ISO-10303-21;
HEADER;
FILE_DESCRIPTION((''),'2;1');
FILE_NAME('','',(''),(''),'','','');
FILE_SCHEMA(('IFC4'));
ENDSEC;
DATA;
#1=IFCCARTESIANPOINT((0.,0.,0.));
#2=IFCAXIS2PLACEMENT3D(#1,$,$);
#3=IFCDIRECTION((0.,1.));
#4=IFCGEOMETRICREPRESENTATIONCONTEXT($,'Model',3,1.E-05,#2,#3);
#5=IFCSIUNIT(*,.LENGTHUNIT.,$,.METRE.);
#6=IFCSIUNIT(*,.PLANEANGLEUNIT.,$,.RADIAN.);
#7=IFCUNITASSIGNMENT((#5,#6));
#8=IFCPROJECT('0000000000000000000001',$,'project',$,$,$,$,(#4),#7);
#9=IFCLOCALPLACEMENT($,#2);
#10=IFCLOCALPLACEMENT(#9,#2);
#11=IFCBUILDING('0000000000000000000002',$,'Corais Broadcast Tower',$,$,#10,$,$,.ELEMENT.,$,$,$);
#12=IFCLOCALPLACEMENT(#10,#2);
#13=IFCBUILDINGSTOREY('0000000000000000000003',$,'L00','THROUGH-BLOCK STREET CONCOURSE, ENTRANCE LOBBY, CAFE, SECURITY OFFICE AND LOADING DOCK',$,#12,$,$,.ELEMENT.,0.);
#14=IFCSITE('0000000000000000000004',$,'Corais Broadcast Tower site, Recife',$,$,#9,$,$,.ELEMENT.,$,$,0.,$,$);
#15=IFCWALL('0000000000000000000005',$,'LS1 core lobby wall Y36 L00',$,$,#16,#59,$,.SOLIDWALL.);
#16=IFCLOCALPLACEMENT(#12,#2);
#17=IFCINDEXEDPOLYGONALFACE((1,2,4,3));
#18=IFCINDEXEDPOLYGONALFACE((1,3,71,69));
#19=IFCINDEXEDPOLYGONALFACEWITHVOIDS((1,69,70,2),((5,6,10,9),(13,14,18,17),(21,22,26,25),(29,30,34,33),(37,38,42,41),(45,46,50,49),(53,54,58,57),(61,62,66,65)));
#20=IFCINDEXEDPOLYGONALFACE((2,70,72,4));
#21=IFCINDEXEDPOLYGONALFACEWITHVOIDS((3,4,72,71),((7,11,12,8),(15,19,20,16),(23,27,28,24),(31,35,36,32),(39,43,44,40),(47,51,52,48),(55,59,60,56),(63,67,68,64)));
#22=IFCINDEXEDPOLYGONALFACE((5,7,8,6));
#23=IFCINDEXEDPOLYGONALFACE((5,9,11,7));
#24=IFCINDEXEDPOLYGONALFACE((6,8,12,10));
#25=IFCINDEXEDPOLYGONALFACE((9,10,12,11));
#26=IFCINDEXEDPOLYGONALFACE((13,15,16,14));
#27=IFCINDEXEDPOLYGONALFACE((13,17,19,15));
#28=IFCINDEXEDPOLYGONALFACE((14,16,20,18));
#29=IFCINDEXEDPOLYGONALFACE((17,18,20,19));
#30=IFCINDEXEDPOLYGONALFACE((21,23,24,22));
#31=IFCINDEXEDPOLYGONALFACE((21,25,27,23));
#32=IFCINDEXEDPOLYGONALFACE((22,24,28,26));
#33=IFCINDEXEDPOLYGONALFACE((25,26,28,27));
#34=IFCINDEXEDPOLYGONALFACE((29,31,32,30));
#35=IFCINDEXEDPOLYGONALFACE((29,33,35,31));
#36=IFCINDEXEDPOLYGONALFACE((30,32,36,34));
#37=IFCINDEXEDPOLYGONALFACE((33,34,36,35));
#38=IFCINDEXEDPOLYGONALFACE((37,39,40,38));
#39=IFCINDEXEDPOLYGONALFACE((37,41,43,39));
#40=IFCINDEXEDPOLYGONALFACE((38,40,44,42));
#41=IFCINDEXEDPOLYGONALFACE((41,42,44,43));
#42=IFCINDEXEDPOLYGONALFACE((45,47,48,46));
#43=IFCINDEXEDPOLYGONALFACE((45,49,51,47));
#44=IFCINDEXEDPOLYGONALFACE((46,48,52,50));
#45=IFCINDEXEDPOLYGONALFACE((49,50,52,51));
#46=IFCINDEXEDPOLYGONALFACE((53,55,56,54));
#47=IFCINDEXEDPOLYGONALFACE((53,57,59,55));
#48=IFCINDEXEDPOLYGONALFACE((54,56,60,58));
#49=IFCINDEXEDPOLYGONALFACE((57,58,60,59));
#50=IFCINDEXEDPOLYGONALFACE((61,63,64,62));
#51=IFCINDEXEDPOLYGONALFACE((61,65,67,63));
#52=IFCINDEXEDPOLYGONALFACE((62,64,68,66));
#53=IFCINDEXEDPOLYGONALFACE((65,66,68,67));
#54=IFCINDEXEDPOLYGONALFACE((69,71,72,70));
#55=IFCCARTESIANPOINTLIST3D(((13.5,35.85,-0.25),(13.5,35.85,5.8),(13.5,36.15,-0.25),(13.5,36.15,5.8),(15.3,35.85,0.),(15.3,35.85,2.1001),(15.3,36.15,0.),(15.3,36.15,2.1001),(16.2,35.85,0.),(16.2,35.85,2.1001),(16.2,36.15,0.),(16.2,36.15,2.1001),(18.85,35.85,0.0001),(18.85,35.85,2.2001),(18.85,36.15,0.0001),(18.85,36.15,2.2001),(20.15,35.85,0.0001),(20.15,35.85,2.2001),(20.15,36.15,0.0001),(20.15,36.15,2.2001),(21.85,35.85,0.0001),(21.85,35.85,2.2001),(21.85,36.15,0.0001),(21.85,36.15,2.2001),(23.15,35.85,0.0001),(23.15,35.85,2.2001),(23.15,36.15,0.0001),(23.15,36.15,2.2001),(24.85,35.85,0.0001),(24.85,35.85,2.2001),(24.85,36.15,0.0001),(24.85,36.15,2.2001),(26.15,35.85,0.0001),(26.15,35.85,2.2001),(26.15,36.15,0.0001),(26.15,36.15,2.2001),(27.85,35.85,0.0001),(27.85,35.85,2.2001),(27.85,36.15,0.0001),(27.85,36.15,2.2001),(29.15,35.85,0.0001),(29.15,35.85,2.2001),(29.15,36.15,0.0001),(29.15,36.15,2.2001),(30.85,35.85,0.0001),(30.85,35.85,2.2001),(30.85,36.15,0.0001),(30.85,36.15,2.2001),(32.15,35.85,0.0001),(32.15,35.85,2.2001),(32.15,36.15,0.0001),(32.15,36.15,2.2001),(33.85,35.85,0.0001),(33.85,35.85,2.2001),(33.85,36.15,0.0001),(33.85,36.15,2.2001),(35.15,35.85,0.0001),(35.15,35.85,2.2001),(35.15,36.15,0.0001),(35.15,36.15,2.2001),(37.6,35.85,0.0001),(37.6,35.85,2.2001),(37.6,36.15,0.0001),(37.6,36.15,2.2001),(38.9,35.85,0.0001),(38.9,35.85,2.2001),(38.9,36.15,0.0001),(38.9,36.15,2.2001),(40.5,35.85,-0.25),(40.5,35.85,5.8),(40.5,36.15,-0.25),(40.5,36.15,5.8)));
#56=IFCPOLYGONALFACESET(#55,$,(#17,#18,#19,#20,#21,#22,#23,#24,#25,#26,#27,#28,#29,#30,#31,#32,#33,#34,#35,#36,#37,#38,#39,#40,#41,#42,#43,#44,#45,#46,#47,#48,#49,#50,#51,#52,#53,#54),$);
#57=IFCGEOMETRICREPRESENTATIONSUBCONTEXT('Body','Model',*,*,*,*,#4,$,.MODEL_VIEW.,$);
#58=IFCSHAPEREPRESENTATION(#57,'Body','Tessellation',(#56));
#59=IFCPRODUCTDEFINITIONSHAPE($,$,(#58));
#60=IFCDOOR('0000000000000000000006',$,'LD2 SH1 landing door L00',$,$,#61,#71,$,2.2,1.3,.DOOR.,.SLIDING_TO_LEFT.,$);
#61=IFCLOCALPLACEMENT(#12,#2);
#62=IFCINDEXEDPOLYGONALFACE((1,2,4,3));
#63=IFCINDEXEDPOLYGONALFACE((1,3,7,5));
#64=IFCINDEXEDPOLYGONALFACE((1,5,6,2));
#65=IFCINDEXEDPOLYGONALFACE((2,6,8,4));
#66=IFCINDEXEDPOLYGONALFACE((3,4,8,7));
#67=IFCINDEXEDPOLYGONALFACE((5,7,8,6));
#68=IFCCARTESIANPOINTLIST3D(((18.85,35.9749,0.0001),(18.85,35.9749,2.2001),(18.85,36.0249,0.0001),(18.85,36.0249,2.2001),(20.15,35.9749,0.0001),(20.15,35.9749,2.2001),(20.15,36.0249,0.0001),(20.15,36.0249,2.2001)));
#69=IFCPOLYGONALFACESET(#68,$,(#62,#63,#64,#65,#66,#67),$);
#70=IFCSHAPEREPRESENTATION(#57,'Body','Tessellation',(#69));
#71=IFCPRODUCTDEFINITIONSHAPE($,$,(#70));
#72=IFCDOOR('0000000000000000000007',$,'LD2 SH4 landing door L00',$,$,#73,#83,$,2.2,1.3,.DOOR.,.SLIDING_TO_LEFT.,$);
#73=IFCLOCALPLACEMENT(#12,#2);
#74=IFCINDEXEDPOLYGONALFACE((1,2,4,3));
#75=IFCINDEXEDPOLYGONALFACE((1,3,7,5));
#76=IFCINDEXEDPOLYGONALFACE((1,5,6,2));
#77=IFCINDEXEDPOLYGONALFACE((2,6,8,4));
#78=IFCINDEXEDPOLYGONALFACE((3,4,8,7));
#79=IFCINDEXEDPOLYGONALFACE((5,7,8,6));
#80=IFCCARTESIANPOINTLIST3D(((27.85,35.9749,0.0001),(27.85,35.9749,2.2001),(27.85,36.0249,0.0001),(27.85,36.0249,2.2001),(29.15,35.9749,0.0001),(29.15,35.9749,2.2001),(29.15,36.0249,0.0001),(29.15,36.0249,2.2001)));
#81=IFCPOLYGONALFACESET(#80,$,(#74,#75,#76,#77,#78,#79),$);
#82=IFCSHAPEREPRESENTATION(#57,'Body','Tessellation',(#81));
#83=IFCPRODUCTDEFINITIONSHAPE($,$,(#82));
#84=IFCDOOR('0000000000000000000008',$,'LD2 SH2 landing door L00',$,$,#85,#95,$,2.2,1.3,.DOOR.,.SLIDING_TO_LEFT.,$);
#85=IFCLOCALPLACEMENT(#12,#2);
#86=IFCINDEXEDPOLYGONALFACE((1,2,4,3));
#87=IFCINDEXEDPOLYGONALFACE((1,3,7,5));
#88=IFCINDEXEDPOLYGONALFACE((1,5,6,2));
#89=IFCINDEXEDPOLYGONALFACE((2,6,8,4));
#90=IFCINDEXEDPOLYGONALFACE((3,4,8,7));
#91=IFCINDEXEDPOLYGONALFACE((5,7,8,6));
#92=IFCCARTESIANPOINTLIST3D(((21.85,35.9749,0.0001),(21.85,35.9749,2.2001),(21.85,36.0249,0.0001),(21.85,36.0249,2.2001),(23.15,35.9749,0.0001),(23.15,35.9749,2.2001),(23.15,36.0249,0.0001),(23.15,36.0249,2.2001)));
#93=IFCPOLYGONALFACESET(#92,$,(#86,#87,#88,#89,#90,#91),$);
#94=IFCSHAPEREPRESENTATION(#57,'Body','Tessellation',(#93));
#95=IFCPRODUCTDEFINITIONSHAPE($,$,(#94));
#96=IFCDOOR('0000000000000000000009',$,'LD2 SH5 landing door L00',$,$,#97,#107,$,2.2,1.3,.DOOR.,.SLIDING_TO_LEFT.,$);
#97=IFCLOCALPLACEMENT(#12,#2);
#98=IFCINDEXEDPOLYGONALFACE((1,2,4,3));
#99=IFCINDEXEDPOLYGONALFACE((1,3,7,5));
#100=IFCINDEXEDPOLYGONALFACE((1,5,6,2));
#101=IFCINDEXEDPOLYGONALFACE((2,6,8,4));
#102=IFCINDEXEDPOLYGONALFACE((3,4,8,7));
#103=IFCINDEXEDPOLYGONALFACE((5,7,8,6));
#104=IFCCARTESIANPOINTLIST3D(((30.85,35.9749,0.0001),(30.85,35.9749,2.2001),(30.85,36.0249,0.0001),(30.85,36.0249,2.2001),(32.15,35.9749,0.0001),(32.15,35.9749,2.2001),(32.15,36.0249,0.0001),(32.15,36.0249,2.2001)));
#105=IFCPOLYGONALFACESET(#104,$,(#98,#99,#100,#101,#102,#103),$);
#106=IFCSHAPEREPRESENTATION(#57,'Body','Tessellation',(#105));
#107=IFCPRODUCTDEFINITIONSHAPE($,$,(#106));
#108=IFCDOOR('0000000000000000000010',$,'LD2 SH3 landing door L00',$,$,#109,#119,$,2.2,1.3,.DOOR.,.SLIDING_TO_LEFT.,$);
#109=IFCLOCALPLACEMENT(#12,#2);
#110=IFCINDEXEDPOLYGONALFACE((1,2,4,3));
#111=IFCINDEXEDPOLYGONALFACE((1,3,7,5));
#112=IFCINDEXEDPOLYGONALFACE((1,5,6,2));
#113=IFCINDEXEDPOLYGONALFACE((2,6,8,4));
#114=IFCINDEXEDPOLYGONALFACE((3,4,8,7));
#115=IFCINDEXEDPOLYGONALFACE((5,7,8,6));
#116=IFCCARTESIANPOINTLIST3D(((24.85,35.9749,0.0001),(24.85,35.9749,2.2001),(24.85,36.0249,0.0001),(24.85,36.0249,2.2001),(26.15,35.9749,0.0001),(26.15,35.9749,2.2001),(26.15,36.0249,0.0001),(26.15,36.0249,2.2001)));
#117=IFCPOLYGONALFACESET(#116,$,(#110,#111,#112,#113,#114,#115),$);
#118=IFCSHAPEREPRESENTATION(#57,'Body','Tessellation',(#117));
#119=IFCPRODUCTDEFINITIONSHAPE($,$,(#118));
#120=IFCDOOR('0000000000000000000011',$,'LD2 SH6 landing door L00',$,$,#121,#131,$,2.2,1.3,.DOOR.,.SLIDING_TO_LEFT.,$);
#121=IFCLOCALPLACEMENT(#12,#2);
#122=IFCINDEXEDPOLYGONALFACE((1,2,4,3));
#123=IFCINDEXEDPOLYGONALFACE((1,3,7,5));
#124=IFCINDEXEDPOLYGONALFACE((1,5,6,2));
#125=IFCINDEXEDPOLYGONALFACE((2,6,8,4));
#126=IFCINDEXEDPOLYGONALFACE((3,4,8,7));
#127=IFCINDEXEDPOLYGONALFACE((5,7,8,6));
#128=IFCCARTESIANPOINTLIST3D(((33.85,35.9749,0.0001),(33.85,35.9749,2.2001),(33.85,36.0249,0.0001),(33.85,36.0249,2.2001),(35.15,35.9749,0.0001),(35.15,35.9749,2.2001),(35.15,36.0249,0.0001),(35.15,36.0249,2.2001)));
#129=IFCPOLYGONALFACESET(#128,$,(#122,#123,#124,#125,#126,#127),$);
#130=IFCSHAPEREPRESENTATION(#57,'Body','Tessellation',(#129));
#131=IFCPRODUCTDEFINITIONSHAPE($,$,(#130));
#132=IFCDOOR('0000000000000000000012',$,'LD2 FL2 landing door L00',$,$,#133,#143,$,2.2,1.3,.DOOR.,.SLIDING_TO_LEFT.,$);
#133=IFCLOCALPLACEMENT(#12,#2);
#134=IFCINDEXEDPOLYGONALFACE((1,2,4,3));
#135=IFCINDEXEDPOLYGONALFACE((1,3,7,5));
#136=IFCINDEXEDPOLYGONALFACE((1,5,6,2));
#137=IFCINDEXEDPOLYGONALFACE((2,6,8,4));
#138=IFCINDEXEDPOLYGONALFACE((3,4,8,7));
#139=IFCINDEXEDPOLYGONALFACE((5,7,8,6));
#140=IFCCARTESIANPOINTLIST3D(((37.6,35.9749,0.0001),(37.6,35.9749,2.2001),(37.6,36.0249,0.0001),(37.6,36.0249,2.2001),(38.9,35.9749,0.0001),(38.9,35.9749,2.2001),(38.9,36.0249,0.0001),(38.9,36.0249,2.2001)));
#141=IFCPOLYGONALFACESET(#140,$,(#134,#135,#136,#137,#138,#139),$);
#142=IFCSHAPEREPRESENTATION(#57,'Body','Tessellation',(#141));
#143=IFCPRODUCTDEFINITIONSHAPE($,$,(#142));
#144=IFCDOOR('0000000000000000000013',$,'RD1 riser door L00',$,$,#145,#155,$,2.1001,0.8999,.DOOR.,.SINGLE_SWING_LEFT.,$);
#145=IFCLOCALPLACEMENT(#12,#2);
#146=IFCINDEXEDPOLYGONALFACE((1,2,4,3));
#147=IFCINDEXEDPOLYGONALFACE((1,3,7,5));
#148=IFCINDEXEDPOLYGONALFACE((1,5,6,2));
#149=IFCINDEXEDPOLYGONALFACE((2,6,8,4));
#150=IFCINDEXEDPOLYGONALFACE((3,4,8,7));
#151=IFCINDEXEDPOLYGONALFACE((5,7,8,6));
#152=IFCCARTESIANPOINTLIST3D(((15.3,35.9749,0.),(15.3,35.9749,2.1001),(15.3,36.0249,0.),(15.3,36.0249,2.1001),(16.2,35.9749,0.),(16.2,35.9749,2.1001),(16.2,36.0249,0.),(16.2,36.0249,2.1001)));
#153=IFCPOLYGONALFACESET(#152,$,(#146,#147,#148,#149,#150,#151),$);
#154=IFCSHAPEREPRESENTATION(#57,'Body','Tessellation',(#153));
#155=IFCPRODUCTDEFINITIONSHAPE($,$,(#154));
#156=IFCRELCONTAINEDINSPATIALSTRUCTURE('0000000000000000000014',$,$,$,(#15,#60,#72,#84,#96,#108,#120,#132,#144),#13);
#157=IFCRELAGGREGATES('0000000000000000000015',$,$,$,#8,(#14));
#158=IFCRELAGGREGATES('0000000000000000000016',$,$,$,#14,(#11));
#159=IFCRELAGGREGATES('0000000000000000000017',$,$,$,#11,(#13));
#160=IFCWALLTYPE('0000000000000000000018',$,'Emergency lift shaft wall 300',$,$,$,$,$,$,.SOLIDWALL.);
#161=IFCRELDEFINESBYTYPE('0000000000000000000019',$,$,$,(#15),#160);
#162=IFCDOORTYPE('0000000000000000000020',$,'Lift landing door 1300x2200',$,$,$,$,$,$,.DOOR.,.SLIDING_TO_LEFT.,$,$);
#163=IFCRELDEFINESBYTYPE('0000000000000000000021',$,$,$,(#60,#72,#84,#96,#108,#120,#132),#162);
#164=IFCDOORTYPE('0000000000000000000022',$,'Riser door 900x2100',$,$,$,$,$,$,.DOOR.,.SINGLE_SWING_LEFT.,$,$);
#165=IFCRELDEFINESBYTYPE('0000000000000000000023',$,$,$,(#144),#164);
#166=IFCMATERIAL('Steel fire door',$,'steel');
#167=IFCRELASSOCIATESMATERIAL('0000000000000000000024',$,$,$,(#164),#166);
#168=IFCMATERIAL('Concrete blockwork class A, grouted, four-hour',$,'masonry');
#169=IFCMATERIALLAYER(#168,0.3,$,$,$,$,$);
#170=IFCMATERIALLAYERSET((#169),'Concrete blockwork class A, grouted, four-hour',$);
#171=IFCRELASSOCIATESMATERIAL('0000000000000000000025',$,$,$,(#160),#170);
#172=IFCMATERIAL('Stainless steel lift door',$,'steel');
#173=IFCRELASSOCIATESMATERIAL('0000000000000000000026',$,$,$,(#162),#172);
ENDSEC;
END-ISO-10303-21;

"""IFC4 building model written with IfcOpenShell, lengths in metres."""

from ifc_helpers import new_model, si_unit, direction, frame, frame_2d, origin, place, context, subcontext, project, spatial, rectangle, extrude, material, layer, layer_set, type_object, element, fill, save


model = new_model("IFC4")

# Units and contexts
model_context = context("Model", 3, precision=1e-05, world=origin(), true_north=direction((0.0, 1.0)))
body_context = subcontext(model_context, "Body", "Model", "MODEL_VIEW")
ifc_project = project(units=[si_unit("LENGTHUNIT", "METRE"), si_unit("PLANEANGLEUNIT", "RADIAN")], contexts=[model_context])

# Site, building, storey
site_placement = place(None, origin())
site = spatial("IfcSite", under=ifc_project, at=site_placement, Name="Corais Broadcast Tower site, Recife", CompositionType="ELEMENT", RefElevation=0.0)
building_placement = place(site_placement, origin())
building = spatial("IfcBuilding", under=site, at=building_placement, Name="Corais Broadcast Tower", CompositionType="ELEMENT")
storey_placement = place(building_placement, origin())
storey = spatial("IfcBuildingStorey", under=building, at=storey_placement, Name="L00", Description="THROUGH-BLOCK STREET CONCOURSE, ENTRANCE LOBBY, CAFE, SECURITY OFFICE AND LOADING DOCK", CompositionType="ELEMENT", Elevation=0.0)

# Wall, openings, doors
ifc_material_1 = material(Name="Steel fire door", Category="steel")
door_type_1 = type_object("IfcDoorType", Name="Riser door 900x2100", OperationType="SINGLE_SWING_LEFT", PredefinedType="DOOR", material=ifc_material_1)
ifc_material_2 = material(Name="Concrete blockwork class A, grouted, four-hour", Category="masonry")
ifc_layer_1 = layer(ifc_material_2, 0.3)
ifc_layer_set_1 = layer_set([ifc_layer_1], Name="Concrete blockwork class A, grouted, four-hour")
wall_type_1 = type_object("IfcWallType", Name="Emergency lift shaft wall 300", PredefinedType="SOLIDWALL", material=ifc_layer_set_1)
wall_1_placement = place(storey_placement, frame((13.5, 36.0, -0.25), z_axis=(0.0, 0.0, 1.0), x_axis=(1.0, 0.0, 0.0)))
wall_1 = element("IfcWall", 1, at=wall_1_placement, inside=storey, type_object=wall_type_1, Name="LS1 core lobby wall Y36 L00", PredefinedType="SOLIDWALL", context=body_context, shape_type="SweptSolid", body=[
    extrude(rectangle(XDim=27.0, YDim=0.3, at=frame_2d((13.5, 0.0))), origin(), (0.0, 0.0, 1.0), 6.05),
])
opening_1_placement = place(wall_1_placement, frame((1.8, 0.0, 0.25)))
opening_1 = element("IfcOpeningElement", 2, at=opening_1_placement, cuts=wall_1, PredefinedType="OPENING", context=body_context, shape_type="SweptSolid", body=[
    extrude(rectangle(XDim=0.8999, YDim=2.1001, at=frame_2d((0.45, 1.05))), frame((0.0, 0.1599, 0.0), z_axis=(0.0, -1.0, 0.0), x_axis=(1.0, 0.0, 0.0)), (0.0, 0.0, 1.0), 0.3201),
])
opening_2_placement = place(wall_1_placement, frame((5.3501, 0.0, 0.25)))
opening_2 = element("IfcOpeningElement", 3, at=opening_2_placement, cuts=wall_1, PredefinedType="OPENING", context=body_context, shape_type="SweptSolid", body=[
    extrude(rectangle(XDim=1.3, YDim=2.2, at=frame_2d((0.6499, 1.1001))), frame((0.0, 0.1599, 0.0), z_axis=(0.0, -1.0, 0.0), x_axis=(1.0, 0.0, 0.0)), (0.0, 0.0, 1.0), 0.3201),
])
opening_3_placement = place(wall_1_placement, frame((14.3501, 0.0, 0.25)))
opening_3 = element("IfcOpeningElement", 4, at=opening_3_placement, cuts=wall_1, PredefinedType="OPENING", context=body_context, shape_type="SweptSolid", body=[
    extrude(rectangle(XDim=1.3, YDim=2.2, at=frame_2d((0.6499, 1.1001))), frame((0.0, 0.1599, 0.0), z_axis=(0.0, -1.0, 0.0), x_axis=(1.0, 0.0, 0.0)), (0.0, 0.0, 1.0), 0.3201),
])
opening_4_placement = place(wall_1_placement, frame((8.3501, 0.0, 0.25)))
opening_4 = element("IfcOpeningElement", 5, at=opening_4_placement, cuts=wall_1, PredefinedType="OPENING", context=body_context, shape_type="SweptSolid", body=[
    extrude(rectangle(XDim=1.3, YDim=2.2, at=frame_2d((0.6499, 1.1001))), frame((0.0, 0.1599, 0.0), z_axis=(0.0, -1.0, 0.0), x_axis=(1.0, 0.0, 0.0)), (0.0, 0.0, 1.0), 0.3201),
])
opening_5_placement = place(wall_1_placement, frame((17.3501, 0.0, 0.25)))
opening_5 = element("IfcOpeningElement", 6, at=opening_5_placement, cuts=wall_1, PredefinedType="OPENING", context=body_context, shape_type="SweptSolid", body=[
    extrude(rectangle(XDim=1.3, YDim=2.2, at=frame_2d((0.6499, 1.1001))), frame((0.0, 0.1599, 0.0), z_axis=(0.0, -1.0, 0.0), x_axis=(1.0, 0.0, 0.0)), (0.0, 0.0, 1.0), 0.3201),
])
opening_6_placement = place(wall_1_placement, frame((11.3501, 0.0, 0.25)))
opening_6 = element("IfcOpeningElement", 7, at=opening_6_placement, cuts=wall_1, PredefinedType="OPENING", context=body_context, shape_type="SweptSolid", body=[
    extrude(rectangle(XDim=1.3, YDim=2.2, at=frame_2d((0.6499, 1.1001))), frame((0.0, 0.1599, 0.0), z_axis=(0.0, -1.0, 0.0), x_axis=(1.0, 0.0, 0.0)), (0.0, 0.0, 1.0), 0.3201),
])
opening_7_placement = place(wall_1_placement, frame((20.3501, 0.0, 0.25)))
opening_7 = element("IfcOpeningElement", 8, at=opening_7_placement, cuts=wall_1, PredefinedType="OPENING", context=body_context, shape_type="SweptSolid", body=[
    extrude(rectangle(XDim=1.3, YDim=2.2, at=frame_2d((0.6499, 1.1001))), frame((0.0, 0.1599, 0.0), z_axis=(0.0, -1.0, 0.0), x_axis=(1.0, 0.0, 0.0)), (0.0, 0.0, 1.0), 0.3201),
])
opening_8_placement = place(wall_1_placement, frame((24.1001, 0.0, 0.25)))
opening_8 = element("IfcOpeningElement", 9, at=opening_8_placement, cuts=wall_1, PredefinedType="OPENING", context=body_context, shape_type="SweptSolid", body=[
    extrude(rectangle(XDim=1.3, YDim=2.2, at=frame_2d((0.6499, 1.1001))), frame((0.0, 0.1599, 0.0), z_axis=(0.0, -1.0, 0.0), x_axis=(1.0, 0.0, 0.0)), (0.0, 0.0, 1.0), 0.3201),
])
ifc_material_3 = material(Name="Stainless steel lift door", Category="steel")
door_type_2 = type_object("IfcDoorType", Name="Lift landing door 1300x2200", OperationType="SLIDING_TO_LEFT", PredefinedType="DOOR", material=ifc_material_3)
door_1_placement = place(opening_2_placement, origin())
door_1 = element("IfcDoor", 10, at=door_1_placement, inside=storey, type_object=door_type_2, Name="LD2 SH1 landing door L00", OperationType="SLIDING_TO_LEFT", OverallHeight=2.2, OverallWidth=1.3, PredefinedType="DOOR", context=body_context, shape_type="SweptSolid", body=[
    extrude(rectangle(XDim=1.3, YDim=2.2, at=frame_2d((0.6499, 1.1001))), frame((0.0, 0.0249, 0.0), z_axis=(0.0, -1.0, 0.0), x_axis=(1.0, 0.0, 0.0)), (0.0, 0.0, 1.0), 0.05),
])
fill(opening_2, door_1)
door_2_placement = place(opening_3_placement, origin())
door_2 = element("IfcDoor", 11, at=door_2_placement, inside=storey, type_object=door_type_2, Name="LD2 SH4 landing door L00", OperationType="SLIDING_TO_LEFT", OverallHeight=2.2, OverallWidth=1.3, PredefinedType="DOOR", context=body_context, shape_type="SweptSolid", body=[
    extrude(rectangle(XDim=1.3, YDim=2.2, at=frame_2d((0.6499, 1.1001))), frame((0.0, 0.0249, 0.0), z_axis=(0.0, -1.0, 0.0), x_axis=(1.0, 0.0, 0.0)), (0.0, 0.0, 1.0), 0.05),
])
fill(opening_3, door_2)
door_3_placement = place(opening_4_placement, origin())
door_3 = element("IfcDoor", 12, at=door_3_placement, inside=storey, type_object=door_type_2, Name="LD2 SH2 landing door L00", OperationType="SLIDING_TO_LEFT", OverallHeight=2.2, OverallWidth=1.3, PredefinedType="DOOR", context=body_context, shape_type="SweptSolid", body=[
    extrude(rectangle(XDim=1.3, YDim=2.2, at=frame_2d((0.6499, 1.1001))), frame((0.0, 0.0249, 0.0), z_axis=(0.0, -1.0, 0.0), x_axis=(1.0, 0.0, 0.0)), (0.0, 0.0, 1.0), 0.05),
])
fill(opening_4, door_3)
door_4_placement = place(opening_5_placement, origin())
door_4 = element("IfcDoor", 13, at=door_4_placement, inside=storey, type_object=door_type_2, Name="LD2 SH5 landing door L00", OperationType="SLIDING_TO_LEFT", OverallHeight=2.2, OverallWidth=1.3, PredefinedType="DOOR", context=body_context, shape_type="SweptSolid", body=[
    extrude(rectangle(XDim=1.3, YDim=2.2, at=frame_2d((0.6499, 1.1001))), frame((0.0, 0.0249, 0.0), z_axis=(0.0, -1.0, 0.0), x_axis=(1.0, 0.0, 0.0)), (0.0, 0.0, 1.0), 0.05),
])
fill(opening_5, door_4)
door_5_placement = place(opening_6_placement, origin())
door_5 = element("IfcDoor", 14, at=door_5_placement, inside=storey, type_object=door_type_2, Name="LD2 SH3 landing door L00", OperationType="SLIDING_TO_LEFT", OverallHeight=2.2, OverallWidth=1.3, PredefinedType="DOOR", context=body_context, shape_type="SweptSolid", body=[
    extrude(rectangle(XDim=1.3, YDim=2.2, at=frame_2d((0.6499, 1.1001))), frame((0.0, 0.0249, 0.0), z_axis=(0.0, -1.0, 0.0), x_axis=(1.0, 0.0, 0.0)), (0.0, 0.0, 1.0), 0.05),
])
fill(opening_6, door_5)
door_6_placement = place(opening_7_placement, origin())
door_6 = element("IfcDoor", 15, at=door_6_placement, inside=storey, type_object=door_type_2, Name="LD2 SH6 landing door L00", OperationType="SLIDING_TO_LEFT", OverallHeight=2.2, OverallWidth=1.3, PredefinedType="DOOR", context=body_context, shape_type="SweptSolid", body=[
    extrude(rectangle(XDim=1.3, YDim=2.2, at=frame_2d((0.6499, 1.1001))), frame((0.0, 0.0249, 0.0), z_axis=(0.0, -1.0, 0.0), x_axis=(1.0, 0.0, 0.0)), (0.0, 0.0, 1.0), 0.05),
])
fill(opening_7, door_6)
door_7_placement = place(opening_8_placement, origin())
door_7 = element("IfcDoor", 16, at=door_7_placement, inside=storey, type_object=door_type_2, Name="LD2 FL2 landing door L00", OperationType="SLIDING_TO_LEFT", OverallHeight=2.2, OverallWidth=1.3, PredefinedType="DOOR", context=body_context, shape_type="SweptSolid", body=[
    extrude(rectangle(XDim=1.3, YDim=2.2, at=frame_2d((0.6499, 1.1001))), frame((0.0, 0.0249, 0.0), z_axis=(0.0, -1.0, 0.0), x_axis=(1.0, 0.0, 0.0)), (0.0, 0.0, 1.0), 0.05),
])
fill(opening_8, door_7)
door_8_placement = place(opening_1_placement, origin())
door_8 = element("IfcDoor", 17, at=door_8_placement, inside=storey, type_object=door_type_1, Name="RD1 riser door L00", OperationType="SINGLE_SWING_LEFT", OverallHeight=2.1001, OverallWidth=0.8999, PredefinedType="DOOR", context=body_context, shape_type="SweptSolid", body=[
    extrude(rectangle(XDim=0.8999, YDim=2.1001, at=frame_2d((0.45, 1.05))), frame((0.0, 0.0249, 0.0), z_axis=(0.0, -1.0, 0.0), x_axis=(1.0, 0.0, 0.0)), (0.0, 0.0, 1.0), 0.05),
])
fill(opening_1, door_8)

save(model, "model.ifc")
